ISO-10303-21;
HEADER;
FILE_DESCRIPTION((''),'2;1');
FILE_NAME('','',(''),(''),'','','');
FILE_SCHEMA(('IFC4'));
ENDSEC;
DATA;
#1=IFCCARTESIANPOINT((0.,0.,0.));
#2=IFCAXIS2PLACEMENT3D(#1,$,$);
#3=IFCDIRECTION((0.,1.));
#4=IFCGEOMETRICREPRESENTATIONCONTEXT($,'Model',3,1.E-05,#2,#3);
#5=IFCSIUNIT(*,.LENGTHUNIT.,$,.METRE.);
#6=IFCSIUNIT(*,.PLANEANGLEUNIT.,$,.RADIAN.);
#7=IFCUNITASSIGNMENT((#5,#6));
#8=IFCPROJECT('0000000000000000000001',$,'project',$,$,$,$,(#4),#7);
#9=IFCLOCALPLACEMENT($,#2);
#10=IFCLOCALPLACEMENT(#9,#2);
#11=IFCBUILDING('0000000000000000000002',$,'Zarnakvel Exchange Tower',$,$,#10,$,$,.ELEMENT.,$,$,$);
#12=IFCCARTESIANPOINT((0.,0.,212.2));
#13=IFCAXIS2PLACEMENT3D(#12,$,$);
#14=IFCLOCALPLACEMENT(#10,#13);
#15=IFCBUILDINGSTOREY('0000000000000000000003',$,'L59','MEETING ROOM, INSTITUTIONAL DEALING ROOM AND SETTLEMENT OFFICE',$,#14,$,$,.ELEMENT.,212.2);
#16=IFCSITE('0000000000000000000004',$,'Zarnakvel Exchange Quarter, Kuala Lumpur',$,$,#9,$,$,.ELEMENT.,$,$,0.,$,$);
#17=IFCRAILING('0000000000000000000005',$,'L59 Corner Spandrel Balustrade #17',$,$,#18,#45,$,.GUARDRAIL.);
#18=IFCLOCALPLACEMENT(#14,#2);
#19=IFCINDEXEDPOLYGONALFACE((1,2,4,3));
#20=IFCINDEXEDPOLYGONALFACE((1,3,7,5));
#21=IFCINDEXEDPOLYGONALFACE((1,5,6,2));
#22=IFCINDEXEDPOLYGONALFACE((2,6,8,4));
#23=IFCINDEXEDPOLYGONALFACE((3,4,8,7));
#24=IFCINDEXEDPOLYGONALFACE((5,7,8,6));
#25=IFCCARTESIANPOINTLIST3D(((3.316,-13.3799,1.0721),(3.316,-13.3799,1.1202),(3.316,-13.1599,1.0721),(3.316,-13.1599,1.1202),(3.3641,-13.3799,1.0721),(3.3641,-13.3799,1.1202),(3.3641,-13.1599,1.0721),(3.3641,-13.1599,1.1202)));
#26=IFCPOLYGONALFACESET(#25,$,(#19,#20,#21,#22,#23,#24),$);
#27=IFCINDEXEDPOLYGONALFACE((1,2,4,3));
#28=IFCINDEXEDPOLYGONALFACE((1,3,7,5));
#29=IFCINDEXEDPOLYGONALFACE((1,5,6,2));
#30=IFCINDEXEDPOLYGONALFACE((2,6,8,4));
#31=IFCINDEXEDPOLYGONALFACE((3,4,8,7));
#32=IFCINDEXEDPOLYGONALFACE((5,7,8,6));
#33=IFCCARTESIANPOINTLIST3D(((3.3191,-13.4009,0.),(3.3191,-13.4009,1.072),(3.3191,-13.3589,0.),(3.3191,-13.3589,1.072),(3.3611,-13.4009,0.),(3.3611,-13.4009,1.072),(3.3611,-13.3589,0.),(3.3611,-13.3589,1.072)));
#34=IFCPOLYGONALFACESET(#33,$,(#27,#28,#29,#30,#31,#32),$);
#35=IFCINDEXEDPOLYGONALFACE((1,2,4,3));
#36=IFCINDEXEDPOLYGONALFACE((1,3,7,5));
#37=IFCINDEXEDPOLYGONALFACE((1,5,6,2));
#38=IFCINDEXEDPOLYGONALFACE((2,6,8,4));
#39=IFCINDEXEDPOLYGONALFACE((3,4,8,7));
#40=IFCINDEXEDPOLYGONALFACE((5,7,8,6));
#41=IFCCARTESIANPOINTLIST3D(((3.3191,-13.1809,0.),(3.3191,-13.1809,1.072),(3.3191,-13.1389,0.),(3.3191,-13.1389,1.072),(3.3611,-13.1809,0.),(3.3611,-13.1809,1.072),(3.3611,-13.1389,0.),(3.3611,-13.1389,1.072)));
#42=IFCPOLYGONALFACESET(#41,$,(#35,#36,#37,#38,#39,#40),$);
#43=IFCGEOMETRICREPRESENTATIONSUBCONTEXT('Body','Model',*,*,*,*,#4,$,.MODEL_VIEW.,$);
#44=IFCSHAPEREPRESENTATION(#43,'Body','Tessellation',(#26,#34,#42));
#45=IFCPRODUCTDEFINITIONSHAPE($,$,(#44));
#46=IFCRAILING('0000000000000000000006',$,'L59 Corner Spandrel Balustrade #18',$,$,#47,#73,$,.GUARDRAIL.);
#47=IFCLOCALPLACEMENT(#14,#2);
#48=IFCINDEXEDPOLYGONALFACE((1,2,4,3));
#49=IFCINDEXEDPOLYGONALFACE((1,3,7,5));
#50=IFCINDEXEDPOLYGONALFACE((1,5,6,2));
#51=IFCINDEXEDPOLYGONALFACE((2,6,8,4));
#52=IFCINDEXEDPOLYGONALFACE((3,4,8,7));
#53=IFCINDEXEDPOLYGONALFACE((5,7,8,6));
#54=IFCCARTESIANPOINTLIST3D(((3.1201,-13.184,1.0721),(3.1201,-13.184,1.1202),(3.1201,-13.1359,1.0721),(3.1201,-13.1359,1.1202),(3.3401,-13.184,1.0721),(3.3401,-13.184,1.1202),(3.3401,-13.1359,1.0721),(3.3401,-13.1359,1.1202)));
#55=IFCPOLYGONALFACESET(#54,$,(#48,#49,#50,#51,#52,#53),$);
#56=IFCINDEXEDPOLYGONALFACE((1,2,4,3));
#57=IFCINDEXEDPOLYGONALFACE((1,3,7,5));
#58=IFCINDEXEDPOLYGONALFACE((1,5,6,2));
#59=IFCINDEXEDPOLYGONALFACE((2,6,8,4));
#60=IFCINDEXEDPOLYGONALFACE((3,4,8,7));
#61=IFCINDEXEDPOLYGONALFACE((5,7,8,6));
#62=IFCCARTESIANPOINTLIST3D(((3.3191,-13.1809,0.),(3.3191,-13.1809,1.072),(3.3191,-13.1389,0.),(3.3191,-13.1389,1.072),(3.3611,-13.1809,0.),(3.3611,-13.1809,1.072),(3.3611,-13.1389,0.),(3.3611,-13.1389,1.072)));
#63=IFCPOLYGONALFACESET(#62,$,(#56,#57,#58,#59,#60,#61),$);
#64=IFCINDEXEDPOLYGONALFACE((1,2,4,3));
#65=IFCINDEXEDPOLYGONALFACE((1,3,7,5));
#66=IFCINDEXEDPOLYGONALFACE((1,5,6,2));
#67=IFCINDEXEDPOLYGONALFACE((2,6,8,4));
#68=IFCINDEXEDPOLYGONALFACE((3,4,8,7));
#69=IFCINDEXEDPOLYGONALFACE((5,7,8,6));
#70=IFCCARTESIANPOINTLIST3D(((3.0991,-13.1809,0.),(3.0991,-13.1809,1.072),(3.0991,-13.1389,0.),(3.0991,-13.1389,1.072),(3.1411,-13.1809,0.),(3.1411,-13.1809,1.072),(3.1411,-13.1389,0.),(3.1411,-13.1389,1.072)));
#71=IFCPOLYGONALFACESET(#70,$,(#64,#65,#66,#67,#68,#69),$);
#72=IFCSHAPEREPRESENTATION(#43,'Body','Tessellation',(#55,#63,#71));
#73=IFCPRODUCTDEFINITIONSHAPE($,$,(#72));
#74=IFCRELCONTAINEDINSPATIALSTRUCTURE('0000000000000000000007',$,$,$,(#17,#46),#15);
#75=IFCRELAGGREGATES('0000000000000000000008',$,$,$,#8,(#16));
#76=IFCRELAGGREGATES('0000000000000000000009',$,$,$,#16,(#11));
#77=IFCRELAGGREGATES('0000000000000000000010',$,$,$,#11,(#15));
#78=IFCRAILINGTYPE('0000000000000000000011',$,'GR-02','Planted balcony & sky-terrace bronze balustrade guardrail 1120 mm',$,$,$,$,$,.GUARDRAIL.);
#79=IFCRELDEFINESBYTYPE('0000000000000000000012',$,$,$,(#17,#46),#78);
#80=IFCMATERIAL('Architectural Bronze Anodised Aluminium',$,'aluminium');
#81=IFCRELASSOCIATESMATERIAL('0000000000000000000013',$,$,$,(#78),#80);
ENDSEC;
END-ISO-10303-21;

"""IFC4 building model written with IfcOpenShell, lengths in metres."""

from ifc_helpers import new_model, si_unit, direction, frame, origin, origin_2d, place, context, subcontext, project, spatial, rectangle, extrude, material, type_object, element, save


model = new_model("IFC4")

# Units and contexts
model_context = context("Model", 3, precision=1e-05, world=origin(), true_north=direction((0.0, 1.0)))
body_context = subcontext(model_context, "Body", "Model", "MODEL_VIEW")
ifc_project = project(units=[si_unit("LENGTHUNIT", "METRE"), si_unit("PLANEANGLEUNIT", "RADIAN")], contexts=[model_context])

# Site, building, storey
site_placement = place(None, origin())
site = spatial("IfcSite", under=ifc_project, at=site_placement, Name="Zarnakvel Exchange Quarter, Kuala Lumpur", CompositionType="ELEMENT", RefElevation=0.0)
building_placement = place(site_placement, origin())
building = spatial("IfcBuilding", under=site, at=building_placement, Name="Zarnakvel Exchange Tower", CompositionType="ELEMENT")
storey_placement = place(building_placement, frame((0.0, 0.0, 212.2)))
storey = spatial("IfcBuildingStorey", under=building, at=storey_placement, Name="L59", Description="MEETING ROOM, INSTITUTIONAL DEALING ROOM AND SETTLEMENT OFFICE", CompositionType="ELEMENT", Elevation=212.2)

# Shared definitions
ifc_material_1 = material(Name="Architectural Bronze Anodised Aluminium", Category="aluminium")

# Railings
railing_type = type_object("IfcRailingType", Name="GR-02", Description="Planted balcony & sky-terrace bronze balustrade guardrail 1120 mm", PredefinedType="GUARDRAIL", material=ifc_material_1)
railing_1_placement = place(storey_placement, frame((3.3401, -13.3799, 0.0)))
element("IfcRailing", 1, at=railing_1_placement, inside=storey, type_object=railing_type, Name="L59 Corner Spandrel Balustrade #17", PredefinedType="GUARDRAIL", context=body_context, shape_type="SweptSolid", body=[
    extrude(rectangle(XDim=0.0481, YDim=0.0481, at=origin_2d()), frame((0.0, 0.0, 1.0962), z_axis=(0.0, 1.0, 0.0), x_axis=(-1.0, 0.0, 0.0)), (0.0, 0.0, 1.0), 0.22),
    extrude(rectangle(XDim=0.042, YDim=0.042, at=origin_2d()), origin(), (0.0, 0.0, 1.0), 1.072),
    extrude(rectangle(XDim=0.042, YDim=0.042, at=origin_2d()), frame((0.0, 0.22, 0.0)), (0.0, 0.0, 1.0), 1.072),
])
railing_2_placement = place(storey_placement, frame((3.3401, -13.1599, 0.0)))
element("IfcRailing", 2, at=railing_2_placement, inside=storey, type_object=railing_type, Name="L59 Corner Spandrel Balustrade #18", PredefinedType="GUARDRAIL", context=body_context, shape_type="SweptSolid", body=[
    extrude(rectangle(XDim=0.0481, YDim=0.0481, at=origin_2d()), frame((0.0, 0.0, 1.0962), z_axis=(-1.0, 0.0, 0.0), x_axis=(0.0, -1.0, 0.0)), (0.0, 0.0, 1.0), 0.22),
    extrude(rectangle(XDim=0.042, YDim=0.042, at=origin_2d()), origin(), (0.0, 0.0, 1.0), 1.072),
    extrude(rectangle(XDim=0.042, YDim=0.042, at=origin_2d()), frame((-0.22, 0.0, 0.0)), (0.0, 0.0, 1.0), 1.072),
])

save(model, "model.ifc")
